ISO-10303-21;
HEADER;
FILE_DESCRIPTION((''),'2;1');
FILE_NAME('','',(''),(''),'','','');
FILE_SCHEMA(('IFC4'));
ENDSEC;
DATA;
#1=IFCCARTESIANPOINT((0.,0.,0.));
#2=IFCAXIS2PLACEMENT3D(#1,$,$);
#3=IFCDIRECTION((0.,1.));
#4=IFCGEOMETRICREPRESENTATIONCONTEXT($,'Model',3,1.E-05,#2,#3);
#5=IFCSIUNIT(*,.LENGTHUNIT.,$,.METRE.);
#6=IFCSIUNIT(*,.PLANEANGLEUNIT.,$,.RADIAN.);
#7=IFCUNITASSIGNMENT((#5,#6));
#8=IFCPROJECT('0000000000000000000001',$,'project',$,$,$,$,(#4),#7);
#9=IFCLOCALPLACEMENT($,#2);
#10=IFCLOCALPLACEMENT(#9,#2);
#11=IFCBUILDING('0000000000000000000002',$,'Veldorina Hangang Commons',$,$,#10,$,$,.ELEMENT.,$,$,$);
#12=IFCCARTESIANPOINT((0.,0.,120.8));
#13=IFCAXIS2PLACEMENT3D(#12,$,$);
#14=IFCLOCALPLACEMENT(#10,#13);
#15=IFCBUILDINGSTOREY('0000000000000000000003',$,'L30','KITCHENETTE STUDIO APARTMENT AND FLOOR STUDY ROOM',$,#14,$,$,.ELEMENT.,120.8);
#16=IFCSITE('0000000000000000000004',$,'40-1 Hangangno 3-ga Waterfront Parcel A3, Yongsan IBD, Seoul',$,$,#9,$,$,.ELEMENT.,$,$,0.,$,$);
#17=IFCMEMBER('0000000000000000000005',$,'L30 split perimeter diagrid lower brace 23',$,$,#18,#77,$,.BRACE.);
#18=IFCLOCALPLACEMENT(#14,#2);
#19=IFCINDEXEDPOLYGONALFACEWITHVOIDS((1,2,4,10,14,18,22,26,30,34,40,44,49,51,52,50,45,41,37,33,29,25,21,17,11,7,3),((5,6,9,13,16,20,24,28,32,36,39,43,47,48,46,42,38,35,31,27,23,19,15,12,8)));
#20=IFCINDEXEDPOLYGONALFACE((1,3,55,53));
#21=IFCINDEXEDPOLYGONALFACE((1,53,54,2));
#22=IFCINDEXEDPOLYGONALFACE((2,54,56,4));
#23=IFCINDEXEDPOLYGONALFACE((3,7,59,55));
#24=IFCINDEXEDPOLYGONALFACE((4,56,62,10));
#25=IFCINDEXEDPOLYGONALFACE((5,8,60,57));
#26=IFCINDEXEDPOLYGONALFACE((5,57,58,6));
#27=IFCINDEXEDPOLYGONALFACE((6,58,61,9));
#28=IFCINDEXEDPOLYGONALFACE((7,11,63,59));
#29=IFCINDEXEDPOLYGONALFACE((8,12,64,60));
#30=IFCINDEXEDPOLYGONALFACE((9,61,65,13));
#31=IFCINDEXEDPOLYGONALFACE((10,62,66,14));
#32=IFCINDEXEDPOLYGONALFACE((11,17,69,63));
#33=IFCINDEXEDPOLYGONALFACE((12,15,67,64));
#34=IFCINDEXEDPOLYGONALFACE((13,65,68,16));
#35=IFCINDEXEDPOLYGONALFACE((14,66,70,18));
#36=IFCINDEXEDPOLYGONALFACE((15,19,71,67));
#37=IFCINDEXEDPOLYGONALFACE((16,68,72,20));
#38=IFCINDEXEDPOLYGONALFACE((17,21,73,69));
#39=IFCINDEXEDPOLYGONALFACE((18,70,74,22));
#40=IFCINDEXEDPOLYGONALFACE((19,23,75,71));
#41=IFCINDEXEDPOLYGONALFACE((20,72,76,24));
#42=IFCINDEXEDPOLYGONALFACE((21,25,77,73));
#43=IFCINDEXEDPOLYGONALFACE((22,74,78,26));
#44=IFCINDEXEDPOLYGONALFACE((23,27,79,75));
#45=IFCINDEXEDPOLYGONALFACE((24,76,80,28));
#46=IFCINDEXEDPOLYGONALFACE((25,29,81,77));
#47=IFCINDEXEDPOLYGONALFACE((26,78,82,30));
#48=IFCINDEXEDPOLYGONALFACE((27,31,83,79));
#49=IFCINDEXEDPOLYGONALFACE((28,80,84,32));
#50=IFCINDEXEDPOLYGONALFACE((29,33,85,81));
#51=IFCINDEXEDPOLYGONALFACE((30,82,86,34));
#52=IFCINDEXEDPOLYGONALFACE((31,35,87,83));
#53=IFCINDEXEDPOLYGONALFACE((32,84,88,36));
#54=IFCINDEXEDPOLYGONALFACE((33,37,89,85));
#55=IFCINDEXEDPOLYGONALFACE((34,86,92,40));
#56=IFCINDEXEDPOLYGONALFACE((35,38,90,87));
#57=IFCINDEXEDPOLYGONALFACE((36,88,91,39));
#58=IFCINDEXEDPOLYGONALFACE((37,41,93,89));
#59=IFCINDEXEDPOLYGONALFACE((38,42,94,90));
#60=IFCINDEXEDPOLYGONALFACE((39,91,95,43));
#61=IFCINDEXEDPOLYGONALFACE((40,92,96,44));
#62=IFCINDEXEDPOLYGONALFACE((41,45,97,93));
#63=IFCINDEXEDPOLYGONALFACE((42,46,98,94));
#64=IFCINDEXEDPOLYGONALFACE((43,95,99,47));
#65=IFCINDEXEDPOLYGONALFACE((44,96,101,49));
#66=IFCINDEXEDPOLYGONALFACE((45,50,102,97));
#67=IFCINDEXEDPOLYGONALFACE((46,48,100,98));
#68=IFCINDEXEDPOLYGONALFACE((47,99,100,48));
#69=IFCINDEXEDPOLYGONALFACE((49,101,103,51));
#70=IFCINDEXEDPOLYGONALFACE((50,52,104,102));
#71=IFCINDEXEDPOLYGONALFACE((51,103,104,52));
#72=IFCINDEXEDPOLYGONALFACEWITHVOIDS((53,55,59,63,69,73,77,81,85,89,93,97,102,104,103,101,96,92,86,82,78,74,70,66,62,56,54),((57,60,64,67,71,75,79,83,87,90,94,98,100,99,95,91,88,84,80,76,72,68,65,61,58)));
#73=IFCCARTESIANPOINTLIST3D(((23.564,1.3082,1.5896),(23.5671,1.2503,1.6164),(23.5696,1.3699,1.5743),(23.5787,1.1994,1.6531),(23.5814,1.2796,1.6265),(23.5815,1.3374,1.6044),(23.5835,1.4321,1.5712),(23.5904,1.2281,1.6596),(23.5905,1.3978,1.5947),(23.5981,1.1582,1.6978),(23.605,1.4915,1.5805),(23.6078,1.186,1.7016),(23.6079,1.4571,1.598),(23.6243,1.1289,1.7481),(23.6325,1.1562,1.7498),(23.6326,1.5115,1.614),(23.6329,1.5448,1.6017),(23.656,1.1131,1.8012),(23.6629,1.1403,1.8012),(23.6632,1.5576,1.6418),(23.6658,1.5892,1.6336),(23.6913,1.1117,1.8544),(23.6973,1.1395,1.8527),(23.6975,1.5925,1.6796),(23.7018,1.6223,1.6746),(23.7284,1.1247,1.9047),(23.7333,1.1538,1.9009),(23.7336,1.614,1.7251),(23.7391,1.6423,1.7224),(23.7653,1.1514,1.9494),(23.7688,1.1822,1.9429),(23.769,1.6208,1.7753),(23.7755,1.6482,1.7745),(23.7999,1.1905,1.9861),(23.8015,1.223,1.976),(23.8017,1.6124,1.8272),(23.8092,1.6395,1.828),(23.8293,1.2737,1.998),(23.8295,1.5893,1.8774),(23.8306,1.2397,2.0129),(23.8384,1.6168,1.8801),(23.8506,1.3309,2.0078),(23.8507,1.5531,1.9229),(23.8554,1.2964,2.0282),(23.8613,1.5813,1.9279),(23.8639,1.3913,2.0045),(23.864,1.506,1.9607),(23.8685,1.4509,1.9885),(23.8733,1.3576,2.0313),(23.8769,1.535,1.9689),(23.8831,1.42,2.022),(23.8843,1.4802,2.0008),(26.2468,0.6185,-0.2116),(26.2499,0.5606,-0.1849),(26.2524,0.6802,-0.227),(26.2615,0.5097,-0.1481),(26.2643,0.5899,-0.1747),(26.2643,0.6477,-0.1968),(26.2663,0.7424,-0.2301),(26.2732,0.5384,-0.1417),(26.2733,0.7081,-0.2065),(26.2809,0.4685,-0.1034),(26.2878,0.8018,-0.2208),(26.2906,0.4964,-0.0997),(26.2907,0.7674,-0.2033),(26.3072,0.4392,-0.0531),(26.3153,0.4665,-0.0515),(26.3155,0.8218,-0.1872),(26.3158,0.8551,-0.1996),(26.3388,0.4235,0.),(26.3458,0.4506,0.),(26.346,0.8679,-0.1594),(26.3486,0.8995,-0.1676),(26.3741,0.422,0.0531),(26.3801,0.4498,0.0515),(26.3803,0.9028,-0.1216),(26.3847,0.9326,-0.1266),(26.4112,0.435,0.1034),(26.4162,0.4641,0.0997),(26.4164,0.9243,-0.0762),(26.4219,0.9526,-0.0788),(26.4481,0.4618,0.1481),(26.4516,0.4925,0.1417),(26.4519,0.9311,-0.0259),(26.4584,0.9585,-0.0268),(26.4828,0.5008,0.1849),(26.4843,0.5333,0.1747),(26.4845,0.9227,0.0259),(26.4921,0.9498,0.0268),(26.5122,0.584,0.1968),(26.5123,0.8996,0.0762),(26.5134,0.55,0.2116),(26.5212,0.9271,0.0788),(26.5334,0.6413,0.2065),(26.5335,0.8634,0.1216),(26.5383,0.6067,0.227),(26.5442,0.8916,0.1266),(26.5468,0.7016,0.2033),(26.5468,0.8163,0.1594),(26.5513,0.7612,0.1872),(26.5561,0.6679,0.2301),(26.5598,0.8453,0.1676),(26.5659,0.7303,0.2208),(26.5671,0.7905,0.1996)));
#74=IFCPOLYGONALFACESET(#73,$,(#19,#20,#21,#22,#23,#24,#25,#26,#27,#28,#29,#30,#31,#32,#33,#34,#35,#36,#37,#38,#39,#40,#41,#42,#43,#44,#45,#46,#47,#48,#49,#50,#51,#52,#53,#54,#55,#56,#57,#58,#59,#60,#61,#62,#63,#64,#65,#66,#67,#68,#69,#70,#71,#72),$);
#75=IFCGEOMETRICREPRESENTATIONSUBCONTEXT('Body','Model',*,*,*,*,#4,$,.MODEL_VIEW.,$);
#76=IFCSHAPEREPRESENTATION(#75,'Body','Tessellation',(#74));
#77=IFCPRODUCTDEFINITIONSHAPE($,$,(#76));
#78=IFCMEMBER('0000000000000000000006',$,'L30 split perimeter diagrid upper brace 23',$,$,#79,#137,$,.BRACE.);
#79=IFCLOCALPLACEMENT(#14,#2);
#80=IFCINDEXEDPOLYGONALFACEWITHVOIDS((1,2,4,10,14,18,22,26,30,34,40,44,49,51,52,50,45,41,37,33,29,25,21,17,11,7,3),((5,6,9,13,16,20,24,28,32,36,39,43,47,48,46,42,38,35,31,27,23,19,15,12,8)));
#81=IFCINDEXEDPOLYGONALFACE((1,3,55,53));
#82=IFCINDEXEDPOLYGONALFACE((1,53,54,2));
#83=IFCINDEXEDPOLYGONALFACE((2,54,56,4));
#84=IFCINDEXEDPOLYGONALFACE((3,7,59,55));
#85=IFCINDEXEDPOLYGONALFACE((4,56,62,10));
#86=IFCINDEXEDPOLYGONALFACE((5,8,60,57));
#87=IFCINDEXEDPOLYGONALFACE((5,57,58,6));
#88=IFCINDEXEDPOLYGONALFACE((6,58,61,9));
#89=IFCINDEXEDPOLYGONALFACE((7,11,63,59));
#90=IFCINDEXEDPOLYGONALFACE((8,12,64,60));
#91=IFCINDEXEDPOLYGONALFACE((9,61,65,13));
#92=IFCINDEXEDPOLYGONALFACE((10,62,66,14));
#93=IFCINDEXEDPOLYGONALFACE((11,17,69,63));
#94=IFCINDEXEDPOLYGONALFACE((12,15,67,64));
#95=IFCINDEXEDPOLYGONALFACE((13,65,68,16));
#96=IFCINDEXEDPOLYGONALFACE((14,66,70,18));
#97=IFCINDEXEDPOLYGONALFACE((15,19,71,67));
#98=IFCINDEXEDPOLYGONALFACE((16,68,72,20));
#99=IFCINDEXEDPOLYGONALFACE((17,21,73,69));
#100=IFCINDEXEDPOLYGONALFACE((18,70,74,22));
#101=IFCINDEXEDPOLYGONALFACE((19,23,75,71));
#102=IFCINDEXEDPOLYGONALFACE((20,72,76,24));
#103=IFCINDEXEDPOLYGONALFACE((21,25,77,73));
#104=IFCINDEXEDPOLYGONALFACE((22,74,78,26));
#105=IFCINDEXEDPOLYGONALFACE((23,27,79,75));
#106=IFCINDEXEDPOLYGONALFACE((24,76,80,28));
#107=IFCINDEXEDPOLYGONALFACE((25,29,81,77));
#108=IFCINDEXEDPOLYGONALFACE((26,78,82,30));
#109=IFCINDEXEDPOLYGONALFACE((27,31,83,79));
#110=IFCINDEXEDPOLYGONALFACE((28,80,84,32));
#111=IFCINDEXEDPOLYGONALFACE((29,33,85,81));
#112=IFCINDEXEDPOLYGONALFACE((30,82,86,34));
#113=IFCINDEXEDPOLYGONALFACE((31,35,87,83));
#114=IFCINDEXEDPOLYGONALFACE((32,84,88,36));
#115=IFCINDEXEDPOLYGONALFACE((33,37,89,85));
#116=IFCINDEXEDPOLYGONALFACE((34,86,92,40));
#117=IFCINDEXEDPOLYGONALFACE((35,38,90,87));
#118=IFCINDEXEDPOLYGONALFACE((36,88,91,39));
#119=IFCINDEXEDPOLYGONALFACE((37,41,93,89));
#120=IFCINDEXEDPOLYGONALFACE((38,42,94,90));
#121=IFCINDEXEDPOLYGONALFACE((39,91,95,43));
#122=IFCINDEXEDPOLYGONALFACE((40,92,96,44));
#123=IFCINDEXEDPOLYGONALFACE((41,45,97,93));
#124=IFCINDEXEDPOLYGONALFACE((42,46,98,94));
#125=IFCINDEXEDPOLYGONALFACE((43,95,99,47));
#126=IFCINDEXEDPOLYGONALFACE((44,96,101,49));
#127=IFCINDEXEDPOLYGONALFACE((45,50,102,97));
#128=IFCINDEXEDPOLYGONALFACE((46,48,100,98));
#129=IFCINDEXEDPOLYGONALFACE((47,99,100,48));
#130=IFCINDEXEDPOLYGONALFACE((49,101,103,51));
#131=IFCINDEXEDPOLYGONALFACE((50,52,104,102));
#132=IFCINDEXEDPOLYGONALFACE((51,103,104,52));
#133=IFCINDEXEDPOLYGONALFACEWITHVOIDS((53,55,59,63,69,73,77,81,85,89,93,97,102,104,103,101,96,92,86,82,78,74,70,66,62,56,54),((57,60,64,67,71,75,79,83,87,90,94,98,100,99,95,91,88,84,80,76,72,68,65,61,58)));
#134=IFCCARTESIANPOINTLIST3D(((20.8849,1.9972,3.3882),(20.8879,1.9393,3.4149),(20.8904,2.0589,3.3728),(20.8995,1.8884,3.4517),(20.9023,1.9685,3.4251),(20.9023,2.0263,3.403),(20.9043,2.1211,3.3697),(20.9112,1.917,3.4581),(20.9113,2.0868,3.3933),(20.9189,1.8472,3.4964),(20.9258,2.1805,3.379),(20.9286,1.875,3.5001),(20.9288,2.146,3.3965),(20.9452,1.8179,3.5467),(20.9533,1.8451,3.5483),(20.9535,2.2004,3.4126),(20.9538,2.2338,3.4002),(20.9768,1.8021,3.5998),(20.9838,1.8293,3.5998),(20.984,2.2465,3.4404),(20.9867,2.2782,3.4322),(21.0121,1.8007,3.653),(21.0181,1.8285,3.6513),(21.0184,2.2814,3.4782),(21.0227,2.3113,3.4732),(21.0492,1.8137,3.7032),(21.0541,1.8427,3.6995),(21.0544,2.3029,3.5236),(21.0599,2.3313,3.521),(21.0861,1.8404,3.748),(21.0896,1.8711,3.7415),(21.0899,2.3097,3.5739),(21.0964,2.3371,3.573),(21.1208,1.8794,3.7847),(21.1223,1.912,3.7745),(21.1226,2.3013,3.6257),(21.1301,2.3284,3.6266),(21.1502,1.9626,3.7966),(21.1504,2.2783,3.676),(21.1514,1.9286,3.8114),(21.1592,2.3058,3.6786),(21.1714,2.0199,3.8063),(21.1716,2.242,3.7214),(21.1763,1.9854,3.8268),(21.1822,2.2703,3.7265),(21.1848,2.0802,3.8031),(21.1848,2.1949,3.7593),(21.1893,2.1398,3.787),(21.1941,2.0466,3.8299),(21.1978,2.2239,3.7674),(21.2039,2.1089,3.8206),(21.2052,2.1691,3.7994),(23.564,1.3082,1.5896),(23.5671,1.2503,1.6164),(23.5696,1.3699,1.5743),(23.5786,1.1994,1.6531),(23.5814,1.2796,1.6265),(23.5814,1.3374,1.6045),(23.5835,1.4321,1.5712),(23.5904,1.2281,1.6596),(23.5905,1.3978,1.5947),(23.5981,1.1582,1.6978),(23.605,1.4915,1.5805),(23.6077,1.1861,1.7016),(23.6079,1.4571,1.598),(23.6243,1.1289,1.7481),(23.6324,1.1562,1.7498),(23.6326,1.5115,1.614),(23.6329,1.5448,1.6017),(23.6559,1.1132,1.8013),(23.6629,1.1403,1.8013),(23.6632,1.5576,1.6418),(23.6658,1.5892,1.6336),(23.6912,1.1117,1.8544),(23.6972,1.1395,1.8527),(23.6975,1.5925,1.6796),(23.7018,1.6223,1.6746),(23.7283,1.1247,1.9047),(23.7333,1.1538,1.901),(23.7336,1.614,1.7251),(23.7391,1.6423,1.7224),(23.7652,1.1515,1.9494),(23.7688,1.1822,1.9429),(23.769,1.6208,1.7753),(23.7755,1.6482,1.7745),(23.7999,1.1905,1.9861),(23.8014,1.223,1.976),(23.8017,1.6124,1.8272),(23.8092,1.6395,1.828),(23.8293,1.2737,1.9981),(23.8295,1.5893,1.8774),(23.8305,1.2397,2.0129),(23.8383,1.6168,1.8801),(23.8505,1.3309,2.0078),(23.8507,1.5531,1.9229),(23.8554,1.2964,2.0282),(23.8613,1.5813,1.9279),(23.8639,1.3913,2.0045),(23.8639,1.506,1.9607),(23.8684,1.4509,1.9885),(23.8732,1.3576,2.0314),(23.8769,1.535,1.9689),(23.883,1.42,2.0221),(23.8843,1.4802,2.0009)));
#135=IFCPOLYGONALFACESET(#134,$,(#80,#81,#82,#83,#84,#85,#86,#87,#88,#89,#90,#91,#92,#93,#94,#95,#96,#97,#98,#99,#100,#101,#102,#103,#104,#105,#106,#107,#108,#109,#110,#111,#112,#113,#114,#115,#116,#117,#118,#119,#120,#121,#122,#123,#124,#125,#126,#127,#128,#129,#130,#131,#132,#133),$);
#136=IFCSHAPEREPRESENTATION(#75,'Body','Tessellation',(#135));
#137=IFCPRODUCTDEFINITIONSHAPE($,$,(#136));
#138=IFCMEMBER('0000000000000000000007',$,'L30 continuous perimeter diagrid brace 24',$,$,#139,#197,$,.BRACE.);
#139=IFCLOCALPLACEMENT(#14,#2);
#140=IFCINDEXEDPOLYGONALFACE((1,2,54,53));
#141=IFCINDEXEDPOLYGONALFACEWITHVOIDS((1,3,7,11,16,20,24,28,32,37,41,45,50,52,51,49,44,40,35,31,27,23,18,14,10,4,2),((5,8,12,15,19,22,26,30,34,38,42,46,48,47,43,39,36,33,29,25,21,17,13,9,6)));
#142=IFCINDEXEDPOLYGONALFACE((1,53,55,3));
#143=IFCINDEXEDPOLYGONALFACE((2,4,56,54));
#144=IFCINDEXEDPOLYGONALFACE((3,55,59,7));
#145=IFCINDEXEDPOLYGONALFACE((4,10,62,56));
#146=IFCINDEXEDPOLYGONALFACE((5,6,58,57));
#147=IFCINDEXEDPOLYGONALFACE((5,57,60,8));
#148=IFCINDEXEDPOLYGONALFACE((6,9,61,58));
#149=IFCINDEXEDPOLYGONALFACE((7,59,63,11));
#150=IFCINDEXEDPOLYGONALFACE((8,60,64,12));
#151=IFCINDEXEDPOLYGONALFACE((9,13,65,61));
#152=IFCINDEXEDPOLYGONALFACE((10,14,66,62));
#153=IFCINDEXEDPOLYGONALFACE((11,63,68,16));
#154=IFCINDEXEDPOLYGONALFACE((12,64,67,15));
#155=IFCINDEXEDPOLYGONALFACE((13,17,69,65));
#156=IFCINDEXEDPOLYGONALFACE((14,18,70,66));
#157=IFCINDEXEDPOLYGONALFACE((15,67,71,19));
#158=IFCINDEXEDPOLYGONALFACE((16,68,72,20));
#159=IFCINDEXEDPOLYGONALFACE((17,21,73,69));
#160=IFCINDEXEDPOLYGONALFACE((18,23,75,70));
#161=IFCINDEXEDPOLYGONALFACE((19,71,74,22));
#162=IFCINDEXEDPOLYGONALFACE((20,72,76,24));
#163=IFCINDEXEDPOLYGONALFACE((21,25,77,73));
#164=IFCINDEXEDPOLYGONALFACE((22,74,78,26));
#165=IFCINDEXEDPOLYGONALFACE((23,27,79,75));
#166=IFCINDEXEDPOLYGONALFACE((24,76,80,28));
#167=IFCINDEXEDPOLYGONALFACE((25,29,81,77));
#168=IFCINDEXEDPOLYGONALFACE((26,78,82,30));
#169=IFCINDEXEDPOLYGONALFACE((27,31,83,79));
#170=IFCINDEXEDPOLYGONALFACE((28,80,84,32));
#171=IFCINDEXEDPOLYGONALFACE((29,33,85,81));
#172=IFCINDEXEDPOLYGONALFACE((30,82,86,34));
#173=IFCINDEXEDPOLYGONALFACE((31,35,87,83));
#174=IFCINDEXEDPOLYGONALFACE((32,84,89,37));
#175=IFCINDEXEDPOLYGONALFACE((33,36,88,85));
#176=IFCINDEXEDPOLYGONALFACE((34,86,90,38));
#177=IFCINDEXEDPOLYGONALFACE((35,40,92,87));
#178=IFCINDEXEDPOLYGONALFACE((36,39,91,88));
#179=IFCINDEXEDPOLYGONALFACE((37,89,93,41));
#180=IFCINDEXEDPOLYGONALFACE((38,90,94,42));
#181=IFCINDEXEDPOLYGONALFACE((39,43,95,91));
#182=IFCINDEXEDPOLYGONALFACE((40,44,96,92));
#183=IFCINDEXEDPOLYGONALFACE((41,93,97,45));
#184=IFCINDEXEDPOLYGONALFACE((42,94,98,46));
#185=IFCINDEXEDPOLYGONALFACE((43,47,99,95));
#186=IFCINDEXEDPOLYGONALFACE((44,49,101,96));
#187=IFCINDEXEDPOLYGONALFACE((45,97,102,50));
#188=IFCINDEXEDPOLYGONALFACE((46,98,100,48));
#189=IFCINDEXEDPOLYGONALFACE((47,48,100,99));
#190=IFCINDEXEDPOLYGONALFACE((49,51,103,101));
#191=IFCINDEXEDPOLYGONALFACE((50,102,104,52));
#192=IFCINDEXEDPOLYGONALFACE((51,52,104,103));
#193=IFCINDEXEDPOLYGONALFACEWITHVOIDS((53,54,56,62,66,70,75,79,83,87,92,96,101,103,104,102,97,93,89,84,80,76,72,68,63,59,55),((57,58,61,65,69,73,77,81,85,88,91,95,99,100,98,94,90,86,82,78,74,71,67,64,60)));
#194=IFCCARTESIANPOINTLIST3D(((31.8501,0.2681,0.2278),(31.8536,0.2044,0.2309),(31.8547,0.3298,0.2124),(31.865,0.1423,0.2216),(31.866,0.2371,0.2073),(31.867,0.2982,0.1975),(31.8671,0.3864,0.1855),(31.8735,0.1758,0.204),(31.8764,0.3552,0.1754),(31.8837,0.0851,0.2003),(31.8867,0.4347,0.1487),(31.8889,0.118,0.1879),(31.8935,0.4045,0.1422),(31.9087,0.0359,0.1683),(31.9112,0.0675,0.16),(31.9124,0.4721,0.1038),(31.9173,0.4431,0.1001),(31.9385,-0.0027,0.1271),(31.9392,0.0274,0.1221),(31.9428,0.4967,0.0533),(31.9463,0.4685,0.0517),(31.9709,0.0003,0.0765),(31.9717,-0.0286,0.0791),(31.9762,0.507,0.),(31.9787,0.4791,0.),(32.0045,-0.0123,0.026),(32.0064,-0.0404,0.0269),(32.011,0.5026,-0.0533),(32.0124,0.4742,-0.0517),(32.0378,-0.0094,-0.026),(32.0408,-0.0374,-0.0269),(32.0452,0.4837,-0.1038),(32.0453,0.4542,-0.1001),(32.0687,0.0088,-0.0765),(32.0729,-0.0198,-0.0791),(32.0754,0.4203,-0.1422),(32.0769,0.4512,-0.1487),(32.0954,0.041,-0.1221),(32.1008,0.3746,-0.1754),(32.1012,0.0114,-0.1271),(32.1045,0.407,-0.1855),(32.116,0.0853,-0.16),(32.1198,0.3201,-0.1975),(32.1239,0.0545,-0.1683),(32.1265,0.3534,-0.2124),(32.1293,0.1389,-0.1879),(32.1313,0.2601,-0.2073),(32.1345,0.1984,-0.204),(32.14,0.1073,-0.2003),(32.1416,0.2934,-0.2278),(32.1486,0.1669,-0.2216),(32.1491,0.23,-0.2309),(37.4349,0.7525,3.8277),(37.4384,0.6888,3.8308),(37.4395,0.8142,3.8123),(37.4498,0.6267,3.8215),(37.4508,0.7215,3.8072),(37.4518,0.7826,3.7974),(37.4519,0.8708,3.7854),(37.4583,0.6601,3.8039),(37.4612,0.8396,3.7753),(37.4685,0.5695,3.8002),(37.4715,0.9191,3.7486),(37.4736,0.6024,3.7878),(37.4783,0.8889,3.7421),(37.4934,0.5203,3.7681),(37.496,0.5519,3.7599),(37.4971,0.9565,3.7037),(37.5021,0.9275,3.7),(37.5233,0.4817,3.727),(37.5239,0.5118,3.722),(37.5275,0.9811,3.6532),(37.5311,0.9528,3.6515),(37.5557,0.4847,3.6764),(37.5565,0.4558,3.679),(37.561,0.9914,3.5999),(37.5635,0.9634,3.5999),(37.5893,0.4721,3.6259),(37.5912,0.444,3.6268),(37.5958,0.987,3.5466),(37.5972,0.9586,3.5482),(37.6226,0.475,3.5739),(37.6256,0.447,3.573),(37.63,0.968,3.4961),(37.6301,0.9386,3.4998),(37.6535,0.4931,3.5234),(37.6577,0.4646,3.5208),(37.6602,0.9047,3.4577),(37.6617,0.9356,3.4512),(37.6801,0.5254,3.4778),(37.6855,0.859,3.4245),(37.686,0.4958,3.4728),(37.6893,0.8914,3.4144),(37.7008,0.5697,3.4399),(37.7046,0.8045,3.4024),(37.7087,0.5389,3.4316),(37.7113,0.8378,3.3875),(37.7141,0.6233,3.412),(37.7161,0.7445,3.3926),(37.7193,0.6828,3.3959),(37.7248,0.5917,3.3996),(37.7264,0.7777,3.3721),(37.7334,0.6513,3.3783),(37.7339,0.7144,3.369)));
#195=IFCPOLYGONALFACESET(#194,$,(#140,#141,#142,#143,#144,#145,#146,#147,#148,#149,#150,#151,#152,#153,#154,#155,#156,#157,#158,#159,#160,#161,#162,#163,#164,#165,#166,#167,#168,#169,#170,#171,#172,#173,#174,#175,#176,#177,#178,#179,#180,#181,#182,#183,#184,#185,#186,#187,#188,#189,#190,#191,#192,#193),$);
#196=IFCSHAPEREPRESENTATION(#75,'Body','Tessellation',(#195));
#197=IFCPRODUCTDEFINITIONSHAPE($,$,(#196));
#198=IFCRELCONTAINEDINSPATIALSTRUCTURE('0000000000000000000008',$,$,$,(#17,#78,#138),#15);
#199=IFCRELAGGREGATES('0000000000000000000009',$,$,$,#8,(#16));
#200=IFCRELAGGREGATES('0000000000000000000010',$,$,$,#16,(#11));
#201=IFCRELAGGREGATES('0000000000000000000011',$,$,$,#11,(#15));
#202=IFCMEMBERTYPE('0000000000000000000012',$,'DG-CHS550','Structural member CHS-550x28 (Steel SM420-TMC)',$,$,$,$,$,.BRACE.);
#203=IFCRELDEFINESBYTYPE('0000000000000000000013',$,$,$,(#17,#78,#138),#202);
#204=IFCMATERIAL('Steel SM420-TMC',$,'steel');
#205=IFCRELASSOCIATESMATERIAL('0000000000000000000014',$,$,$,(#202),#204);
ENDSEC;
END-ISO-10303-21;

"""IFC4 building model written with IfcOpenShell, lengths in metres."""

from ifc_helpers import new_model, si_unit, direction, frame, origin, origin_2d, place, context, subcontext, project, spatial, hollow_circle, extrude, material, material_profile, profile_set, type_object, element, save


model = new_model("IFC4")

# Units and contexts
model_context = context("Model", 3, precision=1e-05, world=origin(), true_north=direction((0.0, 1.0)))
body_context = subcontext(model_context, "Body", "Model", "MODEL_VIEW")
ifc_project = project(units=[si_unit("LENGTHUNIT", "METRE"), si_unit("PLANEANGLEUNIT", "RADIAN")], contexts=[model_context])

# Site, building, storey
site_placement = place(None, origin())
site = spatial("IfcSite", under=ifc_project, at=site_placement, Name="40-1 Hangangno 3-ga Waterfront Parcel A3, Yongsan IBD, Seoul", CompositionType="ELEMENT", RefElevation=0.0)
building_placement = place(site_placement, origin())
building = spatial("IfcBuilding", under=site, at=building_placement, Name="Veldorina Hangang Commons", CompositionType="ELEMENT")
storey_placement = place(building_placement, frame((0.0, 0.0, 120.8)))
storey = spatial("IfcBuildingStorey", under=building, at=storey_placement, Name="L30", Description="KITCHENETTE STUDIO APARTMENT AND FLOOR STUDY ROOM", CompositionType="ELEMENT", Elevation=120.8)

# Shared definitions
ifc_material_1 = material(Name="Steel SM420-TMC", Category="steel")

# Members
ifc_material_profile_1 = material_profile(ifc_material_1, hollow_circle(Radius=0.2749, WallThickness=0.0281, at=origin_2d()), Name="CHS-550x28")
ifc_profile_set_1 = profile_set([ifc_material_profile_1], Name="Steel SM420-TMC")
member_type_1 = type_object("IfcMemberType", Name="DG-CHS550", Description="Structural member CHS-550x28 (Steel SM420-TMC)", PredefinedType="BRACE", material=ifc_profile_set_1)
member_1_placement = place(storey_placement, frame((26.4072, 0.6897, 0.0), z_axis=(-0.811945, 0.208731, 0.545139), x_axis=(-0.24898, -0.968509, 0.0)))
element("IfcMember", 1, at=member_1_placement, inside=storey, type_object=member_type_1, Name="L30 split perimeter diagrid lower brace 23", PredefinedType="BRACE", context=body_context, shape_type="SweptSolid", body=[
    extrude(hollow_circle(Radius=0.2749, WallThickness=0.0281, at=origin_2d()), origin(), (0.0, 0.0, 1.0), 3.3042),
])
member_2_placement = place(storey_placement, frame((23.7244, 1.3794, 1.8013), z_axis=(-0.811965, 0.208799, 0.545083), x_axis=(-0.249051, -0.96849, 0.0)))
element("IfcMember", 2, at=member_2_placement, inside=storey, type_object=member_type_1, Name="L30 split perimeter diagrid upper brace 23", PredefinedType="BRACE", context=body_context, shape_type="SweptSolid", body=[
    extrude(hollow_circle(Radius=0.2749, WallThickness=0.0281, at=origin_2d()), origin(), (0.0, 0.0, 1.0), 3.2996),
])
member_3_placement = place(storey_placement, frame((32.0, 0.2332, 0.0), z_axis=(0.838291, 0.072707, 0.540354), x_axis=(-0.086408, 0.99626, 0.0)))
element("IfcMember", 3, at=member_3_placement, inside=storey, type_object=member_type_1, Name="L30 continuous perimeter diagrid brace 24", PredefinedType="BRACE", context=body_context, shape_type="SweptSolid", body=[
    extrude(hollow_circle(Radius=0.2749, WallThickness=0.0281, at=origin_2d()), origin(), (0.0, 0.0, 1.0), 6.6621),
])

save(model, "model.ifc")
